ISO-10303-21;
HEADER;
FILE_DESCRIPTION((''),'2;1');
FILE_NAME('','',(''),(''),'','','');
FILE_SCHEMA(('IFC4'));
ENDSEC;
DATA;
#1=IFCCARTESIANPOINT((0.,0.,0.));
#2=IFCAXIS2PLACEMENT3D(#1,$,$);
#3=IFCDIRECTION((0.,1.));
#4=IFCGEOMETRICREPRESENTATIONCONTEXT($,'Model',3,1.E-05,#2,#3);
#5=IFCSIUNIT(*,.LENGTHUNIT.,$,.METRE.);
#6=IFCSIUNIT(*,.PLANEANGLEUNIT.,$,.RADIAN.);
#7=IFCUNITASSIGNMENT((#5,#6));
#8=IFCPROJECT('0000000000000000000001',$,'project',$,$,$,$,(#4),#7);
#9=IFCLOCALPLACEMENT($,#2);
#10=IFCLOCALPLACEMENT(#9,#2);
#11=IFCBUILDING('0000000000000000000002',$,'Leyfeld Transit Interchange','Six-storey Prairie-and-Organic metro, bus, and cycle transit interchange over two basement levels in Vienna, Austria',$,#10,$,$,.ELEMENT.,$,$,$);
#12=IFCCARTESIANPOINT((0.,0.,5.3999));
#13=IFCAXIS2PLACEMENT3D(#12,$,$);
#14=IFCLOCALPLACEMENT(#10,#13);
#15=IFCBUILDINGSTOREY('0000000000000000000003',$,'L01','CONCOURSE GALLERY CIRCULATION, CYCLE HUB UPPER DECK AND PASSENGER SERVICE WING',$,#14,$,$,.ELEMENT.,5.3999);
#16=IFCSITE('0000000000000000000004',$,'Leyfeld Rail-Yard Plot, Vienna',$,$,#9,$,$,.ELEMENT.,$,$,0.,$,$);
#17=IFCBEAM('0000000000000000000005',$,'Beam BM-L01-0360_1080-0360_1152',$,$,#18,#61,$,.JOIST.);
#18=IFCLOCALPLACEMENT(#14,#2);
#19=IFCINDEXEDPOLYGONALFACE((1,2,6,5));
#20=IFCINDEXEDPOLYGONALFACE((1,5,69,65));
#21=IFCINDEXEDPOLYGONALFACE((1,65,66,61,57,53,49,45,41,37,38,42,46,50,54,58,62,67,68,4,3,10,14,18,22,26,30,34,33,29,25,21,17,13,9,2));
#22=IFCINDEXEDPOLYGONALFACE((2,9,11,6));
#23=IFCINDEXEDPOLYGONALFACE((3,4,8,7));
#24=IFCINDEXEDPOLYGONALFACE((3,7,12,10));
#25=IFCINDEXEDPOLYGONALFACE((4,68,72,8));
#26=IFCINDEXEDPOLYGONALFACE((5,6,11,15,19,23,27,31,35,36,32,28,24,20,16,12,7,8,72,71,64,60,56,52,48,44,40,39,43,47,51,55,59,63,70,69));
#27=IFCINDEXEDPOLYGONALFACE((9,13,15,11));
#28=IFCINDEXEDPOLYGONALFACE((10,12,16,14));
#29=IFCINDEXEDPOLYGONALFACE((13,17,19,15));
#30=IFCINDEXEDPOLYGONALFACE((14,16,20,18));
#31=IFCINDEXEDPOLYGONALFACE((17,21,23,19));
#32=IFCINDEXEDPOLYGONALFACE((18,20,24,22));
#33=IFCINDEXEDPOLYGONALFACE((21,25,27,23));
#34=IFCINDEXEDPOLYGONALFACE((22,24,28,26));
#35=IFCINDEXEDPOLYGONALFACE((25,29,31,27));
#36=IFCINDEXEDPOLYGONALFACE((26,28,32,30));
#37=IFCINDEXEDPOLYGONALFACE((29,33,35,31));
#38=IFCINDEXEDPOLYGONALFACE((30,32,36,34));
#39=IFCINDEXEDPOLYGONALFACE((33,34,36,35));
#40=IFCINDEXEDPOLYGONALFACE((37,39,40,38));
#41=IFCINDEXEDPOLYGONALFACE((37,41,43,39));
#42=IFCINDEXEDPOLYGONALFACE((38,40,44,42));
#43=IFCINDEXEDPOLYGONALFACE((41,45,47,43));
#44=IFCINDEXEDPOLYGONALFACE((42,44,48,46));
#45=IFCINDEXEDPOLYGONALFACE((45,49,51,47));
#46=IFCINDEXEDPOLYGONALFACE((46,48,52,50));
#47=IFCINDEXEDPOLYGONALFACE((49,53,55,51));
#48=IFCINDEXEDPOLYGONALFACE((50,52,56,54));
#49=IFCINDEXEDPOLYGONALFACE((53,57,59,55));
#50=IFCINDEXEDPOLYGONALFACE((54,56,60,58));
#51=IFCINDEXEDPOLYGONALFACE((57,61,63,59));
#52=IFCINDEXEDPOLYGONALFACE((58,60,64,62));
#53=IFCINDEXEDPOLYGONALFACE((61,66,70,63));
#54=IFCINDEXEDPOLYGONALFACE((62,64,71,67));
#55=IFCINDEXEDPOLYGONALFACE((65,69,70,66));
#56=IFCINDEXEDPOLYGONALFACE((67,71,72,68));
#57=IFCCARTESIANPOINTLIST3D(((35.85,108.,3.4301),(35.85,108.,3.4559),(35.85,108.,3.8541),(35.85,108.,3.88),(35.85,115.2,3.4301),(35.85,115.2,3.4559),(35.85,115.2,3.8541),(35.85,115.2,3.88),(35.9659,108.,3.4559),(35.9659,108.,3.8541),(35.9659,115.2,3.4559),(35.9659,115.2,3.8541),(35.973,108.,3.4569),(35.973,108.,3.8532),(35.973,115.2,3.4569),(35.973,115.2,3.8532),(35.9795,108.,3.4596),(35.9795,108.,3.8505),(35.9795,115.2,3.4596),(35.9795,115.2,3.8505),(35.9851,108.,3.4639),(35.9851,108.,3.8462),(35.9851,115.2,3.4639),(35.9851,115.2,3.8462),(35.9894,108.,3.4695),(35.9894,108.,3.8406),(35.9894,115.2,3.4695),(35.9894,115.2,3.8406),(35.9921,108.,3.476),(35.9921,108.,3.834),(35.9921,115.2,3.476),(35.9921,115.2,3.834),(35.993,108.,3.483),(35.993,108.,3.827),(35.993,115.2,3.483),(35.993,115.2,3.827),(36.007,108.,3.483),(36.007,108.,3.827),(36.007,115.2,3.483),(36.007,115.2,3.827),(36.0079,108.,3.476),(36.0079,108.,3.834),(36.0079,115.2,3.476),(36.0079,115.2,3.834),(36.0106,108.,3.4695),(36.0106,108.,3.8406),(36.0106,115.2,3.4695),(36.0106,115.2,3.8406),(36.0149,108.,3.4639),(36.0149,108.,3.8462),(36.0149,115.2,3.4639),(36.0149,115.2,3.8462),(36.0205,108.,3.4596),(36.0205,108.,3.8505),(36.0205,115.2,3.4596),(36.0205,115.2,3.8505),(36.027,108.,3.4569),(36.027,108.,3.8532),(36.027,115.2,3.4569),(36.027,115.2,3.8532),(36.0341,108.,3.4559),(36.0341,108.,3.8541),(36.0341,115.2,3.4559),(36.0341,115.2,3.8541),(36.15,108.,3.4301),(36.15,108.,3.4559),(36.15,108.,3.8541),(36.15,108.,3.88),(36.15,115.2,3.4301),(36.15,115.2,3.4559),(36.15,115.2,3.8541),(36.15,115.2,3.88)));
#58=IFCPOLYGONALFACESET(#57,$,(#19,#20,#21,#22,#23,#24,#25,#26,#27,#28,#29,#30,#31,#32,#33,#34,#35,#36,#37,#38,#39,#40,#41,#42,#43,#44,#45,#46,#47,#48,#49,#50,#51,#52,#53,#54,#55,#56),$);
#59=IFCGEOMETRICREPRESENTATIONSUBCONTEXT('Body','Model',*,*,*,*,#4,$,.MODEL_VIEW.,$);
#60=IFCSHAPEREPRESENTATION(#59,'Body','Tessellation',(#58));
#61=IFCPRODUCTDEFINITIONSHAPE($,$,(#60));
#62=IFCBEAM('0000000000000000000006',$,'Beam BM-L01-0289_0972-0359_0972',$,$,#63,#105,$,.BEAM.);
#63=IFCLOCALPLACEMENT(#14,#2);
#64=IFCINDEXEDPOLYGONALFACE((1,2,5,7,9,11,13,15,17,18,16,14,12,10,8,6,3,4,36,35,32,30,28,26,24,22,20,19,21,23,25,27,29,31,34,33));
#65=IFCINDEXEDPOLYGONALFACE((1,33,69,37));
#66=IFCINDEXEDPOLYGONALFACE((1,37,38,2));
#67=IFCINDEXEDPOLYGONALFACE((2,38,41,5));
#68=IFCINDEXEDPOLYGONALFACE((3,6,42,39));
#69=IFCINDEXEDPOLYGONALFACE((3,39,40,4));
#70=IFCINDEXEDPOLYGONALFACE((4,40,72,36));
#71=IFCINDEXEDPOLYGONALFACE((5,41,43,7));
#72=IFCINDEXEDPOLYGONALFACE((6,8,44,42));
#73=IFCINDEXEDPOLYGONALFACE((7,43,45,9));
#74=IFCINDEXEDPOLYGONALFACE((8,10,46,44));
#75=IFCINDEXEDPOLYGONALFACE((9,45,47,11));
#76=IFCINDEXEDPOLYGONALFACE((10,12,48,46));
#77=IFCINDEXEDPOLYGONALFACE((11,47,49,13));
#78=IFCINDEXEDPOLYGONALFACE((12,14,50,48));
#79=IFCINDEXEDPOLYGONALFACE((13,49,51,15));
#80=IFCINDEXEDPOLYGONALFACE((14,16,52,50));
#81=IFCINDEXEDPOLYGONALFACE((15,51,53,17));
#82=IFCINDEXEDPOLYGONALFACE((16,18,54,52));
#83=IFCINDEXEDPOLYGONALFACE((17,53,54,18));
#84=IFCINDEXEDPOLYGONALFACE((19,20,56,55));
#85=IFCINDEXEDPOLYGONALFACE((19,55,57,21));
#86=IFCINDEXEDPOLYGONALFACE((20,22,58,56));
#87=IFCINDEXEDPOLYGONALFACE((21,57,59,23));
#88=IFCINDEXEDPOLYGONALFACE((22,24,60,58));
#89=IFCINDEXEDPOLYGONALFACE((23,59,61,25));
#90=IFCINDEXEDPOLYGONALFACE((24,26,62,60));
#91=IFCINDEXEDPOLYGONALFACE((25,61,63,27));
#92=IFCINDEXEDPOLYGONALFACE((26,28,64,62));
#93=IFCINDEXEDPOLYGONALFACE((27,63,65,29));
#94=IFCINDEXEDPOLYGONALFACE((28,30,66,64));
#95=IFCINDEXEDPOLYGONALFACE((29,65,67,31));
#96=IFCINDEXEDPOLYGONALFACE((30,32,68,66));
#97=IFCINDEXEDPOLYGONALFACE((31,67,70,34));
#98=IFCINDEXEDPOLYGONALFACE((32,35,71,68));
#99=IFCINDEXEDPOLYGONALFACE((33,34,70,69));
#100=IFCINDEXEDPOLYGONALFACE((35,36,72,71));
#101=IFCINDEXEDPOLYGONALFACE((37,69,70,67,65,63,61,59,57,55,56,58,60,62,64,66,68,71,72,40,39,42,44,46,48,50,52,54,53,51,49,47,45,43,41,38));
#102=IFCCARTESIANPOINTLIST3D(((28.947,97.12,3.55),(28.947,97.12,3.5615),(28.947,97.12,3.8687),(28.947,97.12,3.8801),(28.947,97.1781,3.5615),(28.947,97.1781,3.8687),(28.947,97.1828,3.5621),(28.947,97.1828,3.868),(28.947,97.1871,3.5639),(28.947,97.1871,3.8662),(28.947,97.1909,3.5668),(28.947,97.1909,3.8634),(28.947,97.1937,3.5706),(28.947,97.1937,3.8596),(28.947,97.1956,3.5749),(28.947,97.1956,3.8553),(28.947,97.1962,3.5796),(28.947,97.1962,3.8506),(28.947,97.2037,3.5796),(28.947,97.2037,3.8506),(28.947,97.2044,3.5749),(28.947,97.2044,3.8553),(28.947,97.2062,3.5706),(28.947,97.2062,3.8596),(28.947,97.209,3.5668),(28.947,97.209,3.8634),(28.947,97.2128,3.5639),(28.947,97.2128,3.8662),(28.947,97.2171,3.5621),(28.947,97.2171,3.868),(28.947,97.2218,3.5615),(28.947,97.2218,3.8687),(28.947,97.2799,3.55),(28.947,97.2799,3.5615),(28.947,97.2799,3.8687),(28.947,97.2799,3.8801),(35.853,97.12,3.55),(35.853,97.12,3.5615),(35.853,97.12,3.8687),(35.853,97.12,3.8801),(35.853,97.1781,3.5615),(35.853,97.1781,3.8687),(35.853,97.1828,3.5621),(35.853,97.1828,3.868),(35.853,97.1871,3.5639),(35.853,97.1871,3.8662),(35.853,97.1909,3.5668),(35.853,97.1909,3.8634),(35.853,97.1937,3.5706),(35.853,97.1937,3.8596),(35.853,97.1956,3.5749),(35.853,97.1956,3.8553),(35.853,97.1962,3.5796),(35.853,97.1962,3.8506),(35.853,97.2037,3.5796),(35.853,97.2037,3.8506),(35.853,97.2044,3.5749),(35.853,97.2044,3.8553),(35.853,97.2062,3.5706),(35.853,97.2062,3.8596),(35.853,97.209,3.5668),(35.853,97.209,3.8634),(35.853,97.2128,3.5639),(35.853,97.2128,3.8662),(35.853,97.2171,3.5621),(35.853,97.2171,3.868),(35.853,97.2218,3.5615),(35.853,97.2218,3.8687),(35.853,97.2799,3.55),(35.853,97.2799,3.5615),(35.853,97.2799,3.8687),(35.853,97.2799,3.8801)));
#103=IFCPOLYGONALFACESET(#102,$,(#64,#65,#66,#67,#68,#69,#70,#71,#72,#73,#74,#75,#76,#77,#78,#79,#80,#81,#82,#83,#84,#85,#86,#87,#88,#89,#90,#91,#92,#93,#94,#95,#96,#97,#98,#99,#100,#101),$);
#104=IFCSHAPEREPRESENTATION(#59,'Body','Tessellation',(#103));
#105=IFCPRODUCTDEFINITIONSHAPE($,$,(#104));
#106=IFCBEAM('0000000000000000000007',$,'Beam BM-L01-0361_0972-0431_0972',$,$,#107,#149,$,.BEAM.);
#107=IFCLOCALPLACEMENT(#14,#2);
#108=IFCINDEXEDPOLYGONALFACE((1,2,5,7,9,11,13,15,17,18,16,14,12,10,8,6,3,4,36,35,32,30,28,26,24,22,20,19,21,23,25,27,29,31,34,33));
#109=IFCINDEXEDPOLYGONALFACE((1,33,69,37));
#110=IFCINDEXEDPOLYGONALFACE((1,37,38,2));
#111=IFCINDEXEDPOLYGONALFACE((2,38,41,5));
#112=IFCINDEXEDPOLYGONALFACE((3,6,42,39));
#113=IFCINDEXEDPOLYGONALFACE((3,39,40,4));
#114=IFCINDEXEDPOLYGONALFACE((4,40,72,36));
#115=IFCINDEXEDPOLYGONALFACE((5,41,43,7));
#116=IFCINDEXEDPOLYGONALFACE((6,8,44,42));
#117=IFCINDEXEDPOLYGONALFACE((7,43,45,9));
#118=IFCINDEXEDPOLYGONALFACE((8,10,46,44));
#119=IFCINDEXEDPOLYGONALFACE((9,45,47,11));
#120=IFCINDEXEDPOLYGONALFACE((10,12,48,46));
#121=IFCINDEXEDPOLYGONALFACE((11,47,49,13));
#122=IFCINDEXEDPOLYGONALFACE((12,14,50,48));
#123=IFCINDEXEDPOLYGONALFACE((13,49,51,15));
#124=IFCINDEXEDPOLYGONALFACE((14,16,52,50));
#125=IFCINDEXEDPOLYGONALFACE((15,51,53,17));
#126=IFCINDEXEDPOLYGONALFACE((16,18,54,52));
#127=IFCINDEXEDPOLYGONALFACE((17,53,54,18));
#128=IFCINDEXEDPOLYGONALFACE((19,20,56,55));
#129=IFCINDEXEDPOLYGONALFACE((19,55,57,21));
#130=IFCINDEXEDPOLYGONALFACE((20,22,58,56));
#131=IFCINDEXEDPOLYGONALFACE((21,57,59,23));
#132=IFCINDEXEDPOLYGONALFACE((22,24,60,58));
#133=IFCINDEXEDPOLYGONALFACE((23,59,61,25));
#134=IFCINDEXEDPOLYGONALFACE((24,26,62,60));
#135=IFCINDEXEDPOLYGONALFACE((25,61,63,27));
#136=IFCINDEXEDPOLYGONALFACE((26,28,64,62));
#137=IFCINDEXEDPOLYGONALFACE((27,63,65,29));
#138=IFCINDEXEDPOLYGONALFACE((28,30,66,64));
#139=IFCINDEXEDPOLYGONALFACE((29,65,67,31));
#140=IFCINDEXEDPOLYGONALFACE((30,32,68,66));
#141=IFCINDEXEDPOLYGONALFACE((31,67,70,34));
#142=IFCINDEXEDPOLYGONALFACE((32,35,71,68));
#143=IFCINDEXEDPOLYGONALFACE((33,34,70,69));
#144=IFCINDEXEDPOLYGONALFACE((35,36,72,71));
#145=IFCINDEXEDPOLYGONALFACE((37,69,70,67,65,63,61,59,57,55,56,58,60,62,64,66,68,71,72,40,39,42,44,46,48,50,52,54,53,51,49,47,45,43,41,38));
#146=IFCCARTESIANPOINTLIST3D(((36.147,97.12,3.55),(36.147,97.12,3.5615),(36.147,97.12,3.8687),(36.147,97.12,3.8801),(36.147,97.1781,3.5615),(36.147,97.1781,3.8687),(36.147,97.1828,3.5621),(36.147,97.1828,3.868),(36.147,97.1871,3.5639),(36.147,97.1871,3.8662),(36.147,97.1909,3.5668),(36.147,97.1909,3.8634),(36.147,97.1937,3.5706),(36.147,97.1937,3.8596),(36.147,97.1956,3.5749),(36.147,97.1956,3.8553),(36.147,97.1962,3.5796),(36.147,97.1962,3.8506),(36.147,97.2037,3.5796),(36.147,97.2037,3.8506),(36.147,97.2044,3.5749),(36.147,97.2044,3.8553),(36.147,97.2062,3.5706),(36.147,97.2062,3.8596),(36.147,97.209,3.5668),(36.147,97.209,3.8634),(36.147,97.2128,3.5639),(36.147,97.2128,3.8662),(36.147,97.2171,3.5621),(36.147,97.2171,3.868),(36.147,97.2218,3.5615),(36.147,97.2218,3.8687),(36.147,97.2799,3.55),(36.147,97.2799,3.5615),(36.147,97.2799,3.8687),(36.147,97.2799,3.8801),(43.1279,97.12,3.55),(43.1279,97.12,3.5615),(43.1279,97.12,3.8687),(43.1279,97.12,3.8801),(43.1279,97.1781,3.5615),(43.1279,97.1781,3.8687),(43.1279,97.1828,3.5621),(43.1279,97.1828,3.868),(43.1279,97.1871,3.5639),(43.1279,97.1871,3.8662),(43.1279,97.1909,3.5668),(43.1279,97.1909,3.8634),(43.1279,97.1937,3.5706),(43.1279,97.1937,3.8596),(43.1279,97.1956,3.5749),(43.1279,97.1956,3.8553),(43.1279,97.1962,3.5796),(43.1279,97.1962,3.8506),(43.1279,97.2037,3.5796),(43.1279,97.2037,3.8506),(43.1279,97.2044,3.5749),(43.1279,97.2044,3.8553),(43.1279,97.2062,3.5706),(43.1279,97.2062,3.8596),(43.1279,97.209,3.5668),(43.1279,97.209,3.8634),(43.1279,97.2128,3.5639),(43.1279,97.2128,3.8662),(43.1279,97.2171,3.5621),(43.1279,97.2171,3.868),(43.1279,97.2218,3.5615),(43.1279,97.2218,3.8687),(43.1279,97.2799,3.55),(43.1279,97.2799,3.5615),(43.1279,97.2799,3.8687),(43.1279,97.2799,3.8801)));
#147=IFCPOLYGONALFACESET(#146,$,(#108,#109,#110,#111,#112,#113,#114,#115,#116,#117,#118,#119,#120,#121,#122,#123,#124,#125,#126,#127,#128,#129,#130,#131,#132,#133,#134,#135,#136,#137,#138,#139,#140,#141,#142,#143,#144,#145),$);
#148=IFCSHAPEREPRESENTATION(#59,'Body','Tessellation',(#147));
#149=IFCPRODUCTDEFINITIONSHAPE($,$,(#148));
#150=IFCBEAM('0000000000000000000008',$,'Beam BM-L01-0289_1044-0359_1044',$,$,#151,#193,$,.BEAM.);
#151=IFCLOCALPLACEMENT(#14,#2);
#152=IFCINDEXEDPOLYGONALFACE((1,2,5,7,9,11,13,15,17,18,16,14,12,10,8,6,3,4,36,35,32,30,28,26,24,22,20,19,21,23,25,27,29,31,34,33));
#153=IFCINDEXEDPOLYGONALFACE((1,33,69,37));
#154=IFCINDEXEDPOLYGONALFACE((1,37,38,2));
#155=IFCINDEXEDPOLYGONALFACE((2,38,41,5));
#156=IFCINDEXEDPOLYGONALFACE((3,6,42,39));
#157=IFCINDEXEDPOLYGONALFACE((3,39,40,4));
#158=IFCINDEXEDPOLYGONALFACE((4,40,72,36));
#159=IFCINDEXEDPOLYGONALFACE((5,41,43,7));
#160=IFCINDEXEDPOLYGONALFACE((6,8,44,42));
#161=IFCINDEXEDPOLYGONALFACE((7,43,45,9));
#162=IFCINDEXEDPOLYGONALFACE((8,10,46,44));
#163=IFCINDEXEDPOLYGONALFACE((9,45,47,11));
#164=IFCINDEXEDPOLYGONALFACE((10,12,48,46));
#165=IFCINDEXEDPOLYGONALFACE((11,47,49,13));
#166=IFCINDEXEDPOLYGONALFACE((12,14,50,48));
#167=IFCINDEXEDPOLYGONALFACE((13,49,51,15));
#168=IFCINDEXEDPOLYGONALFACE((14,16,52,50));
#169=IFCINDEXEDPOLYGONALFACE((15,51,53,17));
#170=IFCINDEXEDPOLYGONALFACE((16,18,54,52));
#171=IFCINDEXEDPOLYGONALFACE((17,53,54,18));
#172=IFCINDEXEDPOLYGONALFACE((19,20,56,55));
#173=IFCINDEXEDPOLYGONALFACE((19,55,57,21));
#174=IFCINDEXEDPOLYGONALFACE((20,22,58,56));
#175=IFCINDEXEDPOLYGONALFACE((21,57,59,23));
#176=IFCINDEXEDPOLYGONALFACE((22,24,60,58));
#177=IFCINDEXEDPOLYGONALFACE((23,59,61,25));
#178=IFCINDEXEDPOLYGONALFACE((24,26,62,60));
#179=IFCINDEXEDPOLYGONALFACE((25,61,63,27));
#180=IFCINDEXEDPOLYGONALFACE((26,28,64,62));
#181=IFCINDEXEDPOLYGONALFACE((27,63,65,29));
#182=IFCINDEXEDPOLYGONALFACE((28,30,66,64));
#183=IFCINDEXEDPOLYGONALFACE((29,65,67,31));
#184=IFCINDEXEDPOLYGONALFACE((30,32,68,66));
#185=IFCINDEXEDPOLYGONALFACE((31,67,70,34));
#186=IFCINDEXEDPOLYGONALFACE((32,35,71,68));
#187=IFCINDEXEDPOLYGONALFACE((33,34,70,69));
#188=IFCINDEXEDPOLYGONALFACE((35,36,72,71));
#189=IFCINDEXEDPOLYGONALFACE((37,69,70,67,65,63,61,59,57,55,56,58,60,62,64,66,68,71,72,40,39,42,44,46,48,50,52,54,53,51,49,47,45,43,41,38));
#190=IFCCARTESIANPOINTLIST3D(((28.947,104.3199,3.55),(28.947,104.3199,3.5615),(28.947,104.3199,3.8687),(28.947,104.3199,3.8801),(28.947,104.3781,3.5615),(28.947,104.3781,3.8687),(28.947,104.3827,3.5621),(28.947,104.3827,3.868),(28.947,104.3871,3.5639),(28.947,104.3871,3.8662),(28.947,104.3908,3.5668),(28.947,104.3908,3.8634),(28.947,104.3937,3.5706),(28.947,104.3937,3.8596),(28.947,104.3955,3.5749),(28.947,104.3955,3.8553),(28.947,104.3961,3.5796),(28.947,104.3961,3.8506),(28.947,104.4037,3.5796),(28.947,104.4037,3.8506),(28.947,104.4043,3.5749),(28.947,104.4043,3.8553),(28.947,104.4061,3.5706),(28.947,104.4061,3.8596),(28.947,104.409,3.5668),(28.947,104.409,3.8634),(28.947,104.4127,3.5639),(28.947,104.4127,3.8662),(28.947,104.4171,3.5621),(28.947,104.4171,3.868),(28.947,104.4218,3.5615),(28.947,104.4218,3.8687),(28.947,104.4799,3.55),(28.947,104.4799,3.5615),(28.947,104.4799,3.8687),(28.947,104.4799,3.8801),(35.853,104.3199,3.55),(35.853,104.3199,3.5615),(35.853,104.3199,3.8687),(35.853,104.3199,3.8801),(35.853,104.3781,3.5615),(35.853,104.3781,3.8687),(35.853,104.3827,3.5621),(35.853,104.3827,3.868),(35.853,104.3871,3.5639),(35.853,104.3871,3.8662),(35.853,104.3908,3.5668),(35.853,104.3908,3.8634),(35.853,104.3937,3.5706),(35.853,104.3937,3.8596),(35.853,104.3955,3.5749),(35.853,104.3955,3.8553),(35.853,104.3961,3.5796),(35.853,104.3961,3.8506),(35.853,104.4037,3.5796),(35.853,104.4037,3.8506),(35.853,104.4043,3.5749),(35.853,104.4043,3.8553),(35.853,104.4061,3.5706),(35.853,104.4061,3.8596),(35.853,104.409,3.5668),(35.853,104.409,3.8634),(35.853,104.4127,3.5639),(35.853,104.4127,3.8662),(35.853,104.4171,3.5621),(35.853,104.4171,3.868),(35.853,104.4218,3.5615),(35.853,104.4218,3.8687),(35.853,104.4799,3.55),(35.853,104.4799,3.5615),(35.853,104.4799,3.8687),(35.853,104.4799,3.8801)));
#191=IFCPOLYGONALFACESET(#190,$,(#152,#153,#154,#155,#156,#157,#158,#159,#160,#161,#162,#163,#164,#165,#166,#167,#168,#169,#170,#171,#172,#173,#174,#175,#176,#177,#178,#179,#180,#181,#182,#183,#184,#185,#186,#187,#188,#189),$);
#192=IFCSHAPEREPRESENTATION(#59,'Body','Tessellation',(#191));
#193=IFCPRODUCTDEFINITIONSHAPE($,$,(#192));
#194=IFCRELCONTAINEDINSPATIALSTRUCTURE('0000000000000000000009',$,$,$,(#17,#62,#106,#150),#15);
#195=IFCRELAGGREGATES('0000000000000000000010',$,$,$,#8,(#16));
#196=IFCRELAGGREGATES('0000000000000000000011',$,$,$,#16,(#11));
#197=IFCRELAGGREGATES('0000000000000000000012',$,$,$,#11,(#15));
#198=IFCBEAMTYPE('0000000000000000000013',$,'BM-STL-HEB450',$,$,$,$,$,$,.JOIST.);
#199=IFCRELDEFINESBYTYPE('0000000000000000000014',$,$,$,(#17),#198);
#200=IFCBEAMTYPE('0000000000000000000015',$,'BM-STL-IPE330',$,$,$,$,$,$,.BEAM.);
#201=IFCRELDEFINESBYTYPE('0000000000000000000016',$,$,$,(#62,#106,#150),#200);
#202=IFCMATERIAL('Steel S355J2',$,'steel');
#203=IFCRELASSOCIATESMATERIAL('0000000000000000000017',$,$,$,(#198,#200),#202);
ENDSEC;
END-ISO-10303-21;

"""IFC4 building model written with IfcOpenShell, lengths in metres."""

from ifc_helpers import new_model, si_unit, direction, frame, origin, origin_2d, place, context, subcontext, project, spatial, i_section, extrude, material, material_profile, profile_set, type_object, element, save


model = new_model("IFC4")

# Units and contexts
model_context = context("Model", 3, precision=1e-05, world=origin(), true_north=direction((0.0, 1.0)))
body_context = subcontext(model_context, "Body", "Model", "MODEL_VIEW")
ifc_project = project(units=[si_unit("LENGTHUNIT", "METRE"), si_unit("PLANEANGLEUNIT", "RADIAN")], contexts=[model_context])

# Site, building, storey
site_placement = place(None, origin())
site = spatial("IfcSite", under=ifc_project, at=site_placement, Name="Leyfeld Rail-Yard Plot, Vienna", CompositionType="ELEMENT", RefElevation=0.0)
building_placement = place(site_placement, origin())
building = spatial("IfcBuilding", under=site, at=building_placement, Name="Leyfeld Transit Interchange", Description="Six-storey Prairie-and-Organic metro, bus, and cycle transit interchange over two basement levels in Vienna, Austria", CompositionType="ELEMENT")
storey_placement = place(building_placement, frame((0.0, 0.0, 5.3999)))
storey = spatial("IfcBuildingStorey", under=building, at=storey_placement, Name="L01", Description="CONCOURSE GALLERY CIRCULATION, CYCLE HUB UPPER DECK AND PASSENGER SERVICE WING", CompositionType="ELEMENT", Elevation=5.3999)

# Beams
ifc_material_1 = material(Name="Steel S355J2", Category="steel")
ifc_material_profile_1 = material_profile(ifc_material_1, i_section(OverallWidth=0.3, OverallDepth=0.45, WebThickness=0.0139, FlangeThickness=0.0259, FilletRadius=0.0271, at=origin_2d()), Name="HEB 450")
ifc_profile_set_1 = profile_set([ifc_material_profile_1], Name="Steel S355J2")
beam_type_1 = type_object("IfcBeamType", Name="BM-STL-HEB450", PredefinedType="JOIST", material=ifc_profile_set_1)
for number, where, z_axis, x_axis, name in (
    (1, (36.0, 108.0, 3.655), (0.0, 1.0, 0.0), (-1.0, 0.0, 0.0), "Beam BM-L01-0360_1080-0360_1152"),
):
    element("IfcBeam", number, at=place(storey_placement, frame(where, z_axis=z_axis, x_axis=x_axis)), inside=storey, type_object=beam_type_1, Name=name, PredefinedType="JOIST", context=body_context, shape_type="SweptSolid", body=[
        extrude(i_section(OverallWidth=0.3, OverallDepth=0.45, WebThickness=0.0139, FlangeThickness=0.0259, FilletRadius=0.0271, at=origin_2d()), origin(), (0.0, 0.0, 1.0), 7.2),
    ])
ifc_material_profile_2 = material_profile(ifc_material_1, i_section(OverallWidth=0.1599, OverallDepth=0.3301, WebThickness=0.0076, FlangeThickness=0.0115, FilletRadius=0.0181, at=origin_2d()), Name="IPE 330")
ifc_profile_set_2 = profile_set([ifc_material_profile_2], Name="Steel S355J2")
beam_type_2 = type_object("IfcBeamType", Name="BM-STL-IPE330", PredefinedType="BEAM", material=ifc_profile_set_2)
beam_1_placement = place(storey_placement, frame((28.947, 97.2, 3.7151), z_axis=(1.0, 0.0, 0.0), x_axis=(0.0, 1.0, 0.0)))
element("IfcBeam", 2, at=beam_1_placement, inside=storey, type_object=beam_type_2, Name="Beam BM-L01-0289_0972-0359_0972", PredefinedType="BEAM", context=body_context, shape_type="SweptSolid", body=[
    extrude(i_section(OverallWidth=0.1599, OverallDepth=0.3301, WebThickness=0.0076, FlangeThickness=0.0115, FilletRadius=0.0181, at=origin_2d()), origin(), (0.0, 0.0, 1.0), 6.906),
])
beam_2_placement = place(storey_placement, frame((36.147, 97.2, 3.7151), z_axis=(1.0, 0.0, 0.0), x_axis=(0.0, 1.0, 0.0)))
element("IfcBeam", 3, at=beam_2_placement, inside=storey, type_object=beam_type_2, Name="Beam BM-L01-0361_0972-0431_0972", PredefinedType="BEAM", context=body_context, shape_type="SweptSolid", body=[
    extrude(i_section(OverallWidth=0.1599, OverallDepth=0.3301, WebThickness=0.0076, FlangeThickness=0.0115, FilletRadius=0.0181, at=origin_2d()), origin(), (0.0, 0.0, 1.0), 6.981),
])
beam_3_placement = place(storey_placement, frame((28.947, 104.3999, 3.7151), z_axis=(1.0, 0.0, 0.0), x_axis=(0.0, 1.0, 0.0)))
element("IfcBeam", 4, at=beam_3_placement, inside=storey, type_object=beam_type_2, Name="Beam BM-L01-0289_1044-0359_1044", PredefinedType="BEAM", context=body_context, shape_type="SweptSolid", body=[
    extrude(i_section(OverallWidth=0.1599, OverallDepth=0.3301, WebThickness=0.0076, FlangeThickness=0.0115, FilletRadius=0.0181, at=origin_2d()), origin(), (0.0, 0.0, 1.0), 6.906),
])

save(model, "model.ifc")
